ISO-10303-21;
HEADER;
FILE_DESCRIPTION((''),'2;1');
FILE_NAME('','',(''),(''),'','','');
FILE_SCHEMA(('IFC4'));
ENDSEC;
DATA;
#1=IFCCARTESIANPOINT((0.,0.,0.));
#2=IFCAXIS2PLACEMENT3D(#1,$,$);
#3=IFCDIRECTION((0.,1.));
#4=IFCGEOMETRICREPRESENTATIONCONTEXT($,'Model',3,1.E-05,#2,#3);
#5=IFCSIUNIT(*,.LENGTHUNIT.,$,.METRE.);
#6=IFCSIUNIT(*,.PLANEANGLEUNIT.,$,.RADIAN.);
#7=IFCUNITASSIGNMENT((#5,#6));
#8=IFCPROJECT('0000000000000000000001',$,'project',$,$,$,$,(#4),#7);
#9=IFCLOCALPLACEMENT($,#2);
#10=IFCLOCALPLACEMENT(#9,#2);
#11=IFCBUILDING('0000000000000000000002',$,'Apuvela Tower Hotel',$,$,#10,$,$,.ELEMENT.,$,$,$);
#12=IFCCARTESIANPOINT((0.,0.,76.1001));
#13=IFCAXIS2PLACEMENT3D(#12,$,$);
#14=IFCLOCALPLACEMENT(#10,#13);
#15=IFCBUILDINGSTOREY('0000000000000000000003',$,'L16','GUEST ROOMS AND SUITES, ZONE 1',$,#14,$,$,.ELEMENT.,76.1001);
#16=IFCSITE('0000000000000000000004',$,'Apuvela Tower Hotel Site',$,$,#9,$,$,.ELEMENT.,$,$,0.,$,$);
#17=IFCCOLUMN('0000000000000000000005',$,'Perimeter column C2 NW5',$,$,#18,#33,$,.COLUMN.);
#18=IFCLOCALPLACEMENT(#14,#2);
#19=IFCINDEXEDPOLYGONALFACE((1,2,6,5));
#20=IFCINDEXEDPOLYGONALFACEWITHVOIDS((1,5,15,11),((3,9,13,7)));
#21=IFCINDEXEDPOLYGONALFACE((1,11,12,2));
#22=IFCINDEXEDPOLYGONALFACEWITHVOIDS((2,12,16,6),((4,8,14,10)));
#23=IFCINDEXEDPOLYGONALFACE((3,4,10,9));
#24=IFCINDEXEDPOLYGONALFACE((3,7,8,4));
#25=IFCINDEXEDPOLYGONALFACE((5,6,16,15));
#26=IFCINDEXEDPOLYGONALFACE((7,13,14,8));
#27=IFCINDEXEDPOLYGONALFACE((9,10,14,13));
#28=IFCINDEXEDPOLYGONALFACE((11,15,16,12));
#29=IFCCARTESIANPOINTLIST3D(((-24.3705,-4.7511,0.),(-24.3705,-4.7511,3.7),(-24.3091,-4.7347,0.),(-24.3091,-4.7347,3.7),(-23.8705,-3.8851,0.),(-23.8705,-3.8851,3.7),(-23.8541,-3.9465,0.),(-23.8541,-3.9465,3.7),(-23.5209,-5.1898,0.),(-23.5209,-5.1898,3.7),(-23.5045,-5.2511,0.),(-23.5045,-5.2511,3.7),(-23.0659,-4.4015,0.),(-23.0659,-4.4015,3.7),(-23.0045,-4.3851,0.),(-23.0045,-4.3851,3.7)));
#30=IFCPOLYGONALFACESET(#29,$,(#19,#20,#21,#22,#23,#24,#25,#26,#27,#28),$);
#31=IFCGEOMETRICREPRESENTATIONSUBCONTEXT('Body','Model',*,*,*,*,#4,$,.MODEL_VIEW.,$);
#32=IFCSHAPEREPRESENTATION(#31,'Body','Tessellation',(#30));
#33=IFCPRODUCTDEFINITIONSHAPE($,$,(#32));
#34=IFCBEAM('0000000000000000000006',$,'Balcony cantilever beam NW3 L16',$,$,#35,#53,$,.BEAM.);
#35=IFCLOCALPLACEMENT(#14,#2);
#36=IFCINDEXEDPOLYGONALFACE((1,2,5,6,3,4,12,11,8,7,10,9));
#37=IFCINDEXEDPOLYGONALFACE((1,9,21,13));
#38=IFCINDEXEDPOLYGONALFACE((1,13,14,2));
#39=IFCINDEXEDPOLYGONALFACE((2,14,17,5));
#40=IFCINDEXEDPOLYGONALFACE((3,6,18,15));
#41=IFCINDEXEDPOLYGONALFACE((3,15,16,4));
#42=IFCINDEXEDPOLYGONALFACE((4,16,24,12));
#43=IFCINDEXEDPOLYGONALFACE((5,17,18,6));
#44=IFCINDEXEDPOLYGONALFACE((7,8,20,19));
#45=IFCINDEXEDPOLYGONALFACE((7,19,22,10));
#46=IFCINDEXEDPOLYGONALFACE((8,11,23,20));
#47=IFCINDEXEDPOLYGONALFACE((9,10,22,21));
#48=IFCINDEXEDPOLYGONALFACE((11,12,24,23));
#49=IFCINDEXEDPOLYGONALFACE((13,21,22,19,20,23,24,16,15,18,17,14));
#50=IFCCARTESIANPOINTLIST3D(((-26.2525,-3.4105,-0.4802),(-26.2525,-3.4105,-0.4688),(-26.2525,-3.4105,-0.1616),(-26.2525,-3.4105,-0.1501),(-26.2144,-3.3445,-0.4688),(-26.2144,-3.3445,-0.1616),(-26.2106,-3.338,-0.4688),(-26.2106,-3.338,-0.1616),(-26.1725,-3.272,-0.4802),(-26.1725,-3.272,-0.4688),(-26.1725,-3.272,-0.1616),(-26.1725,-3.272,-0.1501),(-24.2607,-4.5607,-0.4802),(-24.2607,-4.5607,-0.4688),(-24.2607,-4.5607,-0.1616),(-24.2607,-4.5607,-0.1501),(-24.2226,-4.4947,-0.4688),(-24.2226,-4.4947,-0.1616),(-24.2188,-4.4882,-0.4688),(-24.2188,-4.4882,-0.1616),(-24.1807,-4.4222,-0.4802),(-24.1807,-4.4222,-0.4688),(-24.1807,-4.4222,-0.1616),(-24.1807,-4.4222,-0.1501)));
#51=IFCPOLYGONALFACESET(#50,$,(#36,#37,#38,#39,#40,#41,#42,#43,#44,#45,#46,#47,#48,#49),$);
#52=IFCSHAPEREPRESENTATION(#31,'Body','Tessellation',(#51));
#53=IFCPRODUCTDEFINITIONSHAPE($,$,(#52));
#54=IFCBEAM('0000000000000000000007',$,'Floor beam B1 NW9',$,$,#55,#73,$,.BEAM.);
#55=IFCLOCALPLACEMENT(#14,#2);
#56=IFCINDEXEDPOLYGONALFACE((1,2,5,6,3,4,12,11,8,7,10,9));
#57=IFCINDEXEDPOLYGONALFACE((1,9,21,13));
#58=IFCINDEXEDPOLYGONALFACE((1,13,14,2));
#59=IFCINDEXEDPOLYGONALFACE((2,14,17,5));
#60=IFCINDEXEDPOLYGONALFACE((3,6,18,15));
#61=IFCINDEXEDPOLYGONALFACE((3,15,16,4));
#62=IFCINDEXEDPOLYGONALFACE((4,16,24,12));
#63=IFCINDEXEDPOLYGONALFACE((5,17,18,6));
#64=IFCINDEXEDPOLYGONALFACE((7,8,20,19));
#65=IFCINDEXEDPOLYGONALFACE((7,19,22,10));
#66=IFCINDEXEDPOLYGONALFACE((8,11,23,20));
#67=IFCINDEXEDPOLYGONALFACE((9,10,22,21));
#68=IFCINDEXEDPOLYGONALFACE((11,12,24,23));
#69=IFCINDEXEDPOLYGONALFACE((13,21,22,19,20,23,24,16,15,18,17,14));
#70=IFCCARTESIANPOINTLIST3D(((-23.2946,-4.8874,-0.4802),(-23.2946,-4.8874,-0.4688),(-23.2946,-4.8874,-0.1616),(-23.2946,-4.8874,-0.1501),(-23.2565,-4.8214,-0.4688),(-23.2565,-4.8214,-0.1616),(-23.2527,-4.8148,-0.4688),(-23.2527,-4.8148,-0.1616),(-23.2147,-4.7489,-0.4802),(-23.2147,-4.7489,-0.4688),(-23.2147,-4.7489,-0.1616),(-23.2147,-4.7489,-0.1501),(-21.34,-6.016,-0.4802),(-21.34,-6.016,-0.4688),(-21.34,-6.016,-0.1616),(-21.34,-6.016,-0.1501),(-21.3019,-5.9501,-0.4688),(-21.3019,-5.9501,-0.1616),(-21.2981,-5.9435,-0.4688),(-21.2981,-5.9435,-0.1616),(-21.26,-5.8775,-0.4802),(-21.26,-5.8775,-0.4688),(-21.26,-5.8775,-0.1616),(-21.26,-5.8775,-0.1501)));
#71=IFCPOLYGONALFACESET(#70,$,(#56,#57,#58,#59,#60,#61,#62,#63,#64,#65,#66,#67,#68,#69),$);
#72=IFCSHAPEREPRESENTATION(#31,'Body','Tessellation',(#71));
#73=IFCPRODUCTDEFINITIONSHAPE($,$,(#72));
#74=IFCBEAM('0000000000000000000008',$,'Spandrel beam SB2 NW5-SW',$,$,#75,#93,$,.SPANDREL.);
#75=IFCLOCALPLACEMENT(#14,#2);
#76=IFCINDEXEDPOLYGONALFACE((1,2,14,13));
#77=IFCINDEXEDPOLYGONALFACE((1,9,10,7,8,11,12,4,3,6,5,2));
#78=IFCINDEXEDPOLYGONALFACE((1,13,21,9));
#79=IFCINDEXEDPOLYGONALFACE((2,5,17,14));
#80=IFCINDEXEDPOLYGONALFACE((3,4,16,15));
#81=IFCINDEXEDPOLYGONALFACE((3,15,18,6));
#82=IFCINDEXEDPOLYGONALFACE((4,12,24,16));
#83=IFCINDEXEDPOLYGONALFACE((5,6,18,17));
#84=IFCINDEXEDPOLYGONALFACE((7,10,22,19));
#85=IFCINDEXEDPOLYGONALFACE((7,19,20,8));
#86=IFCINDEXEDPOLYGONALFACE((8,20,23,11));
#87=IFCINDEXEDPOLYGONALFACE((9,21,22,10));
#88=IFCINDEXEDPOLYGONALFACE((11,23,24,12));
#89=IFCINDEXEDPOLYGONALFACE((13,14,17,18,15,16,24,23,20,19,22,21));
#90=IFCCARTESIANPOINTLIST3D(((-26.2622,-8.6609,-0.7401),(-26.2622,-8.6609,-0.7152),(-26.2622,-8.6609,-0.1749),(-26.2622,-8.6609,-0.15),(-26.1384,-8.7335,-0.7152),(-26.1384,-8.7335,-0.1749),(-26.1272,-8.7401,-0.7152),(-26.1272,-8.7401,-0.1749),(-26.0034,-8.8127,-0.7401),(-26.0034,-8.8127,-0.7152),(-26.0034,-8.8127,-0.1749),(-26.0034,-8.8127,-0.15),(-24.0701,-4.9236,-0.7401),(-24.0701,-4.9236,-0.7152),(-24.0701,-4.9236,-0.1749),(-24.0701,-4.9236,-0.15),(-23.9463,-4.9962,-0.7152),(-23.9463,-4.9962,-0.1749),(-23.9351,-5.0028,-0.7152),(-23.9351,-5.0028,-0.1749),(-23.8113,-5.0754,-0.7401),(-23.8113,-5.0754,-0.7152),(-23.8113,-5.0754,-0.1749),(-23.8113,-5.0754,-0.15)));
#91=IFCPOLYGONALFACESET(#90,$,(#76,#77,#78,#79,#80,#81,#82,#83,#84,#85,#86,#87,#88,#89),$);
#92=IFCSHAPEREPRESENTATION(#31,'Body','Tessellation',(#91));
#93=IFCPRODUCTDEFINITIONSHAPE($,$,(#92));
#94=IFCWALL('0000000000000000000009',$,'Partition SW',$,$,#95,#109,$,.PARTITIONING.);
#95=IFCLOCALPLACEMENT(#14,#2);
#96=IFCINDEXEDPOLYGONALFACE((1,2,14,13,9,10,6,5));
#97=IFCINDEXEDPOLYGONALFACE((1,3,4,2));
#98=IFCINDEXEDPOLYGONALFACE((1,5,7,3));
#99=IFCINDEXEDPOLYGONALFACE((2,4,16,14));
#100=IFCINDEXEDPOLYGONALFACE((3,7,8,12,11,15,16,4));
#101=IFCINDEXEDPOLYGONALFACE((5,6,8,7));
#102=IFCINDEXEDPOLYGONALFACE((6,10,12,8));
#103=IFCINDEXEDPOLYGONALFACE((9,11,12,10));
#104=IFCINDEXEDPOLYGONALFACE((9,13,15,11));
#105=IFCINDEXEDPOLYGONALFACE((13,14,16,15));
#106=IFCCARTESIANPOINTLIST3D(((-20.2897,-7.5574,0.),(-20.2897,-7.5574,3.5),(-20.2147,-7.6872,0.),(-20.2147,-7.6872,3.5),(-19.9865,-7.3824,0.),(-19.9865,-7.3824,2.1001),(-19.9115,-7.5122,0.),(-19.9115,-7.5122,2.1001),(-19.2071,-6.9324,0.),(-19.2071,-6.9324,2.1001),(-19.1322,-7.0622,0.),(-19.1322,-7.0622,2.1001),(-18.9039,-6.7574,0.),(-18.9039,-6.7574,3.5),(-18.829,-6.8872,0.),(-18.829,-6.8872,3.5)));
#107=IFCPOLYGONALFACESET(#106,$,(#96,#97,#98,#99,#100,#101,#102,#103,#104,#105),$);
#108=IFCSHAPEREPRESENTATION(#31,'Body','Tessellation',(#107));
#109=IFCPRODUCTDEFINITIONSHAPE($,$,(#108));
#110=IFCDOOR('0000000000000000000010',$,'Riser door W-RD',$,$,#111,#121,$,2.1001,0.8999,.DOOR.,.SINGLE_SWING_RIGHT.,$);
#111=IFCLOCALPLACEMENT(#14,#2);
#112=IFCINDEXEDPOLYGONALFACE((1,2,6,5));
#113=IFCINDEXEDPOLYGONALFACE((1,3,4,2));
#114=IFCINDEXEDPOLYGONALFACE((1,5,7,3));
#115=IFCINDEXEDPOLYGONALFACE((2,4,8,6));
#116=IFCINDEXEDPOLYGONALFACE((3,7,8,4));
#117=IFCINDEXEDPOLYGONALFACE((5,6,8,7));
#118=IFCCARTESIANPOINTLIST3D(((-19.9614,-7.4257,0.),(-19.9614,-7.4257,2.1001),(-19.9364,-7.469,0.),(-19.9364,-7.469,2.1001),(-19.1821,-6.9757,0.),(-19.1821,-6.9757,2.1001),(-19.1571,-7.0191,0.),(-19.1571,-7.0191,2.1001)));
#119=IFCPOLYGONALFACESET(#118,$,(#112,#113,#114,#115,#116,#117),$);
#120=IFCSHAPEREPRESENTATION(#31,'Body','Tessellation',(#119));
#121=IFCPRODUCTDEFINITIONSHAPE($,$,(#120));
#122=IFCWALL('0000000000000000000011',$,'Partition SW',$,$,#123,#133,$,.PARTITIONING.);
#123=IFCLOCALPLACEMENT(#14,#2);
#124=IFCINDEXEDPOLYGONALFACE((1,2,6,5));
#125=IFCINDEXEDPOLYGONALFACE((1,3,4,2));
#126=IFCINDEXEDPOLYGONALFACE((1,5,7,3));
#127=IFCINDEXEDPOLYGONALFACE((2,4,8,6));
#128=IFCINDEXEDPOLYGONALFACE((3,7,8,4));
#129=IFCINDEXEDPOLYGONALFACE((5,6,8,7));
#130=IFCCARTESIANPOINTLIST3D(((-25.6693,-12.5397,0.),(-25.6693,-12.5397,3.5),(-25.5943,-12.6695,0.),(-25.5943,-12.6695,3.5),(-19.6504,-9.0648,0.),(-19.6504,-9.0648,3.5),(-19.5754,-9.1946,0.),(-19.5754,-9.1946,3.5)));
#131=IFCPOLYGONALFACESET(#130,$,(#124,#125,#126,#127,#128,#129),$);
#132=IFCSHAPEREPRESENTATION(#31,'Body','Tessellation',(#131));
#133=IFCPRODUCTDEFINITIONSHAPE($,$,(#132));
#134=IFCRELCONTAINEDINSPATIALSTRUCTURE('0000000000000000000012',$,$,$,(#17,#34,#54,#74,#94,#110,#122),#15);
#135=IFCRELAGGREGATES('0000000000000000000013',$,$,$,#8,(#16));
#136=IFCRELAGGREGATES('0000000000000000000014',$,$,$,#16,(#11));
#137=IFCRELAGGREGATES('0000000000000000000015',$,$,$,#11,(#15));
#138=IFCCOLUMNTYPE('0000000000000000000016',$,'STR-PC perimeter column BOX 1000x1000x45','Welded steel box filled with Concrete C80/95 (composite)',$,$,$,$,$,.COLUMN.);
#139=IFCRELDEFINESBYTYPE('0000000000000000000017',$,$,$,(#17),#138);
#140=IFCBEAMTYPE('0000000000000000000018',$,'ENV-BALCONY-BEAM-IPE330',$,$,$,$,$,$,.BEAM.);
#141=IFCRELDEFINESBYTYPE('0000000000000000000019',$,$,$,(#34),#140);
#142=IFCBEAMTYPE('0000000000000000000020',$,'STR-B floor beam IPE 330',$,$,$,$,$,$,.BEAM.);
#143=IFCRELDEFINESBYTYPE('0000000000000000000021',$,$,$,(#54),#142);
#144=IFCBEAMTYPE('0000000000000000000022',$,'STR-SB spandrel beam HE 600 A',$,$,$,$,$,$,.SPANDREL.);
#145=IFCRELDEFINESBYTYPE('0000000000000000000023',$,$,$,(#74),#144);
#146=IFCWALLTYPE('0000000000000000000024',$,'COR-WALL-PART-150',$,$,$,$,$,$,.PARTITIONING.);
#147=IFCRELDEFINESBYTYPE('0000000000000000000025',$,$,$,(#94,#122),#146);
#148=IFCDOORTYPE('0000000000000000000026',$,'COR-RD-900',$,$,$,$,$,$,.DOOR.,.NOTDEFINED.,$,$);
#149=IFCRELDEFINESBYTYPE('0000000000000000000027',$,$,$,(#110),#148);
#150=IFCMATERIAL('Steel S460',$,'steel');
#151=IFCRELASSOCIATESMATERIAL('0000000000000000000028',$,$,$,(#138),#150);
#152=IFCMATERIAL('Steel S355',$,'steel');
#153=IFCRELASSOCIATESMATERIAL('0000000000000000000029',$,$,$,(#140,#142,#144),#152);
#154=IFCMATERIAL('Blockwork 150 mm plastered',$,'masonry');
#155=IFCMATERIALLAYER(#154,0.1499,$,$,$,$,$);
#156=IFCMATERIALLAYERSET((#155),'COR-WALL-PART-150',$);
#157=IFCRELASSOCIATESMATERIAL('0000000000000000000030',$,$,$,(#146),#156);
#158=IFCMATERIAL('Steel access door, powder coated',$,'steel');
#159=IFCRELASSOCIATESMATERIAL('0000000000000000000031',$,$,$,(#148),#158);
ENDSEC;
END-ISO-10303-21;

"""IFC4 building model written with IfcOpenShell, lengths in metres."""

from ifc_helpers import new_model, si_unit, direction, frame, frame_2d, origin, origin_2d, place, context, subcontext, project, spatial, rectangle, hollow_rectangle, i_section, extrude, material, layer, layer_set, material_profile, profile_set, type_object, element, fill, save


model = new_model("IFC4")

# Units and contexts
model_context = context("Model", 3, precision=1e-05, world=origin(), true_north=direction((0.0, 1.0)))
body_context = subcontext(model_context, "Body", "Model", "MODEL_VIEW")
ifc_project = project(units=[si_unit("LENGTHUNIT", "METRE"), si_unit("PLANEANGLEUNIT", "RADIAN")], contexts=[model_context])

# Site, building, storey
site_placement = place(None, origin())
site = spatial("IfcSite", under=ifc_project, at=site_placement, Name="Apuvela Tower Hotel Site", CompositionType="ELEMENT", RefElevation=0.0)
building_placement = place(site_placement, origin())
building = spatial("IfcBuilding", under=site, at=building_placement, Name="Apuvela Tower Hotel", CompositionType="ELEMENT")
storey_placement = place(building_placement, frame((0.0, 0.0, 76.1001)))
storey = spatial("IfcBuildingStorey", under=building, at=storey_placement, Name="L16", Description="GUEST ROOMS AND SUITES, ZONE 1", CompositionType="ELEMENT", Elevation=76.1001)

# Column
ifc_material_1 = material(Name="Steel S460", Category="steel")
ifc_material_profile_1 = material_profile(ifc_material_1, hollow_rectangle(XDim=1.0, YDim=1.0, WallThickness=0.0449, at=origin_2d()), Name="BOX 1000x1000x45")
ifc_material_2 = material(Name="Concrete C80/95", Category="concrete")
ifc_material_profile_2 = material_profile(ifc_material_2, rectangle(XDim=0.9099, YDim=0.9099, at=origin_2d()), Name="Concrete C80/95 infill")
ifc_profile_set_1 = profile_set([ifc_material_profile_1, ifc_material_profile_2], Name="Steel S460")
column_type = type_object("IfcColumnType", Name="STR-PC perimeter column BOX 1000x1000x45", Description="Welded steel box filled with Concrete C80/95 (composite)", PredefinedType="COLUMN", material=ifc_profile_set_1)
column_placement = place(storey_placement, frame((-23.6875, -4.5681, 0.0), z_axis=(0.0, 0.0, 1.0), x_axis=(0.5, 0.866025, 0.0)))
element("IfcColumn", 1, at=column_placement, inside=storey, type_object=column_type, Name="Perimeter column C2 NW5", PredefinedType="COLUMN", context=body_context, shape_type="SweptSolid", body=[
    extrude(hollow_rectangle(XDim=1.0, YDim=1.0, WallThickness=0.0449, at=origin_2d()), origin(), (0.0, 0.0, 1.0), 3.7),
])

# Beams
ifc_material_3 = material(Name="Steel S355", Category="steel")
ifc_material_profile_3 = material_profile(ifc_material_3, i_section(OverallWidth=0.1599, OverallDepth=0.3301, WebThickness=0.0076, FlangeThickness=0.0115, at=origin_2d()), Name="IPE 330")
ifc_profile_set_2 = profile_set([ifc_material_profile_3], Name="Steel S355")
beam_type_1 = type_object("IfcBeamType", Name="ENV-BALCONY-BEAM-IPE330", PredefinedType="BEAM", material=ifc_profile_set_2)
beam_1_placement = place(storey_placement, frame((-24.2207, -4.4915, -0.3152), z_axis=(-0.865981, 0.500078, 0.0), x_axis=(-0.500078, -0.865981, 0.0)))
element("IfcBeam", 2, at=beam_1_placement, inside=storey, type_object=beam_type_1, Name="Balcony cantilever beam NW3 L16", PredefinedType="BEAM", context=body_context, shape_type="SweptSolid", body=[
    extrude(i_section(OverallWidth=0.1599, OverallDepth=0.3301, WebThickness=0.0076, FlangeThickness=0.0115, at=origin_2d()), origin(), (0.0, 0.0, 1.0), 2.3),
])
ifc_material_profile_4 = material_profile(ifc_material_3, i_section(OverallWidth=0.1599, OverallDepth=0.3301, WebThickness=0.0076, FlangeThickness=0.0115, at=origin_2d()), Name="IPE 330")
ifc_profile_set_3 = profile_set([ifc_material_profile_4], Name="Steel S355")
beam_type_2 = type_object("IfcBeamType", Name="STR-B floor beam IPE 330", PredefinedType="BEAM", material=ifc_profile_set_3)
beam_2_placement = place(storey_placement, frame((-23.2546, -4.8181, -0.3152), z_axis=(0.865991, -0.50006, 0.0), x_axis=(0.50006, 0.865991, 0.0)))
element("IfcBeam", 3, at=beam_2_placement, inside=storey, type_object=beam_type_2, Name="Floor beam B1 NW9", PredefinedType="BEAM", context=body_context, shape_type="SweptSolid", body=[
    extrude(i_section(OverallWidth=0.1599, OverallDepth=0.3301, WebThickness=0.0076, FlangeThickness=0.0115, at=origin_2d()), origin(), (0.0, 0.0, 1.0), 2.2571),
])
ifc_material_profile_5 = material_profile(ifc_material_3, i_section(OverallWidth=0.3, OverallDepth=0.5901, WebThickness=0.0129, FlangeThickness=0.0249, at=origin_2d()), Name="HE 600 A")
ifc_profile_set_4 = profile_set([ifc_material_profile_5], Name="Steel S355")
beam_type_3 = type_object("IfcBeamType", Name="STR-SB spandrel beam HE 600 A", PredefinedType="SPANDREL", material=ifc_profile_set_4)
beam_3_placement = place(storey_placement, frame((-23.9407, -4.9995, -0.4451), z_axis=(-0.505944, -0.862567, 0.0), x_axis=(0.862567, -0.505944, 0.0)))
element("IfcBeam", 4, at=beam_3_placement, inside=storey, type_object=beam_type_3, Name="Spandrel beam SB2 NW5-SW", PredefinedType="SPANDREL", context=body_context, shape_type="SweptSolid", body=[
    extrude(i_section(OverallWidth=0.3, OverallDepth=0.5901, WebThickness=0.0129, FlangeThickness=0.0249, at=origin_2d()), origin(), (0.0, 0.0, 1.0), 4.3328),
])

# Wall, opening, door
ifc_material_4 = material(Name="Blockwork 150 mm plastered", Category="masonry")
ifc_layer_1 = layer(ifc_material_4, 0.1499)
ifc_layer_set_1 = layer_set([ifc_layer_1], Name="COR-WALL-PART-150")
wall_type_1 = type_object("IfcWallType", Name="COR-WALL-PART-150", PredefinedType="PARTITIONING", material=ifc_layer_set_1)
wall_1_placement = place(storey_placement, frame((-18.8665, -6.8223, 0.0), z_axis=(0.0, 0.0, 1.0), x_axis=(-0.866028, -0.499995, 0.0)))
wall_1 = element("IfcWall", 5, at=wall_1_placement, inside=storey, type_object=wall_type_1, Name="Partition SW", PredefinedType="PARTITIONING", context=body_context, shape_type="SweptSolid", body=[
    extrude(rectangle(XDim=1.6001, YDim=0.1499, at=frame_2d((0.8, 0.0))), origin(), (0.0, 0.0, 1.0), 3.5),
])
opening_1_placement = place(wall_1_placement, frame((0.3501, 0.0, 0.0)))
opening_1 = element("IfcOpeningElement", 6, at=opening_1_placement, cuts=wall_1, PredefinedType="OPENING", context=body_context, shape_type="SweptSolid", body=[
    extrude(rectangle(XDim=0.8999, YDim=2.1001, at=frame_2d((0.45, 1.05))), frame((0.0, 0.085, 0.0), z_axis=(0.0, -1.0, 0.0), x_axis=(1.0, 0.0, 0.0)), (0.0, 0.0, 1.0), 0.1699),
])
ifc_material_5 = material(Name="Steel access door, powder coated", Category="steel")
door_type_1 = type_object("IfcDoorType", Name="COR-RD-900", OperationType="NOTDEFINED", PredefinedType="DOOR", material=ifc_material_5)
door_1_placement = place(opening_1_placement, frame((0.8999, 0.0, 0.0), z_axis=(0.0, 0.0, 1.0), x_axis=(-1.0, 0.0, 0.0)))
door_1 = element("IfcDoor", 7, at=door_1_placement, inside=storey, type_object=door_type_1, Name="Riser door W-RD", OperationType="SINGLE_SWING_RIGHT", OverallHeight=2.1001, OverallWidth=0.8999, PredefinedType="DOOR", context=body_context, shape_type="SweptSolid", body=[
    extrude(rectangle(XDim=0.8999, YDim=2.1001, at=frame_2d((0.45, 1.05))), frame((0.0, 0.0249, 0.0), z_axis=(0.0, -1.0, 0.0), x_axis=(1.0, 0.0, 0.0)), (0.0, 0.0, 1.0), 0.05),
])
fill(opening_1, door_1)

# Wall
wall_2_placement = place(storey_placement, frame((-19.6128, -9.1296, 0.0), z_axis=(0.0, 0.0, 1.0), x_axis=(-0.866032, -0.499989, 0.0)))
element("IfcWall", 8, at=wall_2_placement, inside=storey, type_object=wall_type_1, Name="Partition SW", PredefinedType="PARTITIONING", context=body_context, shape_type="SweptSolid", body=[
    extrude(rectangle(XDim=6.95, YDim=0.1499, at=frame_2d((3.4751, 0.0))), origin(), (0.0, 0.0, 1.0), 3.5),
])

save(model, "model.ifc")
